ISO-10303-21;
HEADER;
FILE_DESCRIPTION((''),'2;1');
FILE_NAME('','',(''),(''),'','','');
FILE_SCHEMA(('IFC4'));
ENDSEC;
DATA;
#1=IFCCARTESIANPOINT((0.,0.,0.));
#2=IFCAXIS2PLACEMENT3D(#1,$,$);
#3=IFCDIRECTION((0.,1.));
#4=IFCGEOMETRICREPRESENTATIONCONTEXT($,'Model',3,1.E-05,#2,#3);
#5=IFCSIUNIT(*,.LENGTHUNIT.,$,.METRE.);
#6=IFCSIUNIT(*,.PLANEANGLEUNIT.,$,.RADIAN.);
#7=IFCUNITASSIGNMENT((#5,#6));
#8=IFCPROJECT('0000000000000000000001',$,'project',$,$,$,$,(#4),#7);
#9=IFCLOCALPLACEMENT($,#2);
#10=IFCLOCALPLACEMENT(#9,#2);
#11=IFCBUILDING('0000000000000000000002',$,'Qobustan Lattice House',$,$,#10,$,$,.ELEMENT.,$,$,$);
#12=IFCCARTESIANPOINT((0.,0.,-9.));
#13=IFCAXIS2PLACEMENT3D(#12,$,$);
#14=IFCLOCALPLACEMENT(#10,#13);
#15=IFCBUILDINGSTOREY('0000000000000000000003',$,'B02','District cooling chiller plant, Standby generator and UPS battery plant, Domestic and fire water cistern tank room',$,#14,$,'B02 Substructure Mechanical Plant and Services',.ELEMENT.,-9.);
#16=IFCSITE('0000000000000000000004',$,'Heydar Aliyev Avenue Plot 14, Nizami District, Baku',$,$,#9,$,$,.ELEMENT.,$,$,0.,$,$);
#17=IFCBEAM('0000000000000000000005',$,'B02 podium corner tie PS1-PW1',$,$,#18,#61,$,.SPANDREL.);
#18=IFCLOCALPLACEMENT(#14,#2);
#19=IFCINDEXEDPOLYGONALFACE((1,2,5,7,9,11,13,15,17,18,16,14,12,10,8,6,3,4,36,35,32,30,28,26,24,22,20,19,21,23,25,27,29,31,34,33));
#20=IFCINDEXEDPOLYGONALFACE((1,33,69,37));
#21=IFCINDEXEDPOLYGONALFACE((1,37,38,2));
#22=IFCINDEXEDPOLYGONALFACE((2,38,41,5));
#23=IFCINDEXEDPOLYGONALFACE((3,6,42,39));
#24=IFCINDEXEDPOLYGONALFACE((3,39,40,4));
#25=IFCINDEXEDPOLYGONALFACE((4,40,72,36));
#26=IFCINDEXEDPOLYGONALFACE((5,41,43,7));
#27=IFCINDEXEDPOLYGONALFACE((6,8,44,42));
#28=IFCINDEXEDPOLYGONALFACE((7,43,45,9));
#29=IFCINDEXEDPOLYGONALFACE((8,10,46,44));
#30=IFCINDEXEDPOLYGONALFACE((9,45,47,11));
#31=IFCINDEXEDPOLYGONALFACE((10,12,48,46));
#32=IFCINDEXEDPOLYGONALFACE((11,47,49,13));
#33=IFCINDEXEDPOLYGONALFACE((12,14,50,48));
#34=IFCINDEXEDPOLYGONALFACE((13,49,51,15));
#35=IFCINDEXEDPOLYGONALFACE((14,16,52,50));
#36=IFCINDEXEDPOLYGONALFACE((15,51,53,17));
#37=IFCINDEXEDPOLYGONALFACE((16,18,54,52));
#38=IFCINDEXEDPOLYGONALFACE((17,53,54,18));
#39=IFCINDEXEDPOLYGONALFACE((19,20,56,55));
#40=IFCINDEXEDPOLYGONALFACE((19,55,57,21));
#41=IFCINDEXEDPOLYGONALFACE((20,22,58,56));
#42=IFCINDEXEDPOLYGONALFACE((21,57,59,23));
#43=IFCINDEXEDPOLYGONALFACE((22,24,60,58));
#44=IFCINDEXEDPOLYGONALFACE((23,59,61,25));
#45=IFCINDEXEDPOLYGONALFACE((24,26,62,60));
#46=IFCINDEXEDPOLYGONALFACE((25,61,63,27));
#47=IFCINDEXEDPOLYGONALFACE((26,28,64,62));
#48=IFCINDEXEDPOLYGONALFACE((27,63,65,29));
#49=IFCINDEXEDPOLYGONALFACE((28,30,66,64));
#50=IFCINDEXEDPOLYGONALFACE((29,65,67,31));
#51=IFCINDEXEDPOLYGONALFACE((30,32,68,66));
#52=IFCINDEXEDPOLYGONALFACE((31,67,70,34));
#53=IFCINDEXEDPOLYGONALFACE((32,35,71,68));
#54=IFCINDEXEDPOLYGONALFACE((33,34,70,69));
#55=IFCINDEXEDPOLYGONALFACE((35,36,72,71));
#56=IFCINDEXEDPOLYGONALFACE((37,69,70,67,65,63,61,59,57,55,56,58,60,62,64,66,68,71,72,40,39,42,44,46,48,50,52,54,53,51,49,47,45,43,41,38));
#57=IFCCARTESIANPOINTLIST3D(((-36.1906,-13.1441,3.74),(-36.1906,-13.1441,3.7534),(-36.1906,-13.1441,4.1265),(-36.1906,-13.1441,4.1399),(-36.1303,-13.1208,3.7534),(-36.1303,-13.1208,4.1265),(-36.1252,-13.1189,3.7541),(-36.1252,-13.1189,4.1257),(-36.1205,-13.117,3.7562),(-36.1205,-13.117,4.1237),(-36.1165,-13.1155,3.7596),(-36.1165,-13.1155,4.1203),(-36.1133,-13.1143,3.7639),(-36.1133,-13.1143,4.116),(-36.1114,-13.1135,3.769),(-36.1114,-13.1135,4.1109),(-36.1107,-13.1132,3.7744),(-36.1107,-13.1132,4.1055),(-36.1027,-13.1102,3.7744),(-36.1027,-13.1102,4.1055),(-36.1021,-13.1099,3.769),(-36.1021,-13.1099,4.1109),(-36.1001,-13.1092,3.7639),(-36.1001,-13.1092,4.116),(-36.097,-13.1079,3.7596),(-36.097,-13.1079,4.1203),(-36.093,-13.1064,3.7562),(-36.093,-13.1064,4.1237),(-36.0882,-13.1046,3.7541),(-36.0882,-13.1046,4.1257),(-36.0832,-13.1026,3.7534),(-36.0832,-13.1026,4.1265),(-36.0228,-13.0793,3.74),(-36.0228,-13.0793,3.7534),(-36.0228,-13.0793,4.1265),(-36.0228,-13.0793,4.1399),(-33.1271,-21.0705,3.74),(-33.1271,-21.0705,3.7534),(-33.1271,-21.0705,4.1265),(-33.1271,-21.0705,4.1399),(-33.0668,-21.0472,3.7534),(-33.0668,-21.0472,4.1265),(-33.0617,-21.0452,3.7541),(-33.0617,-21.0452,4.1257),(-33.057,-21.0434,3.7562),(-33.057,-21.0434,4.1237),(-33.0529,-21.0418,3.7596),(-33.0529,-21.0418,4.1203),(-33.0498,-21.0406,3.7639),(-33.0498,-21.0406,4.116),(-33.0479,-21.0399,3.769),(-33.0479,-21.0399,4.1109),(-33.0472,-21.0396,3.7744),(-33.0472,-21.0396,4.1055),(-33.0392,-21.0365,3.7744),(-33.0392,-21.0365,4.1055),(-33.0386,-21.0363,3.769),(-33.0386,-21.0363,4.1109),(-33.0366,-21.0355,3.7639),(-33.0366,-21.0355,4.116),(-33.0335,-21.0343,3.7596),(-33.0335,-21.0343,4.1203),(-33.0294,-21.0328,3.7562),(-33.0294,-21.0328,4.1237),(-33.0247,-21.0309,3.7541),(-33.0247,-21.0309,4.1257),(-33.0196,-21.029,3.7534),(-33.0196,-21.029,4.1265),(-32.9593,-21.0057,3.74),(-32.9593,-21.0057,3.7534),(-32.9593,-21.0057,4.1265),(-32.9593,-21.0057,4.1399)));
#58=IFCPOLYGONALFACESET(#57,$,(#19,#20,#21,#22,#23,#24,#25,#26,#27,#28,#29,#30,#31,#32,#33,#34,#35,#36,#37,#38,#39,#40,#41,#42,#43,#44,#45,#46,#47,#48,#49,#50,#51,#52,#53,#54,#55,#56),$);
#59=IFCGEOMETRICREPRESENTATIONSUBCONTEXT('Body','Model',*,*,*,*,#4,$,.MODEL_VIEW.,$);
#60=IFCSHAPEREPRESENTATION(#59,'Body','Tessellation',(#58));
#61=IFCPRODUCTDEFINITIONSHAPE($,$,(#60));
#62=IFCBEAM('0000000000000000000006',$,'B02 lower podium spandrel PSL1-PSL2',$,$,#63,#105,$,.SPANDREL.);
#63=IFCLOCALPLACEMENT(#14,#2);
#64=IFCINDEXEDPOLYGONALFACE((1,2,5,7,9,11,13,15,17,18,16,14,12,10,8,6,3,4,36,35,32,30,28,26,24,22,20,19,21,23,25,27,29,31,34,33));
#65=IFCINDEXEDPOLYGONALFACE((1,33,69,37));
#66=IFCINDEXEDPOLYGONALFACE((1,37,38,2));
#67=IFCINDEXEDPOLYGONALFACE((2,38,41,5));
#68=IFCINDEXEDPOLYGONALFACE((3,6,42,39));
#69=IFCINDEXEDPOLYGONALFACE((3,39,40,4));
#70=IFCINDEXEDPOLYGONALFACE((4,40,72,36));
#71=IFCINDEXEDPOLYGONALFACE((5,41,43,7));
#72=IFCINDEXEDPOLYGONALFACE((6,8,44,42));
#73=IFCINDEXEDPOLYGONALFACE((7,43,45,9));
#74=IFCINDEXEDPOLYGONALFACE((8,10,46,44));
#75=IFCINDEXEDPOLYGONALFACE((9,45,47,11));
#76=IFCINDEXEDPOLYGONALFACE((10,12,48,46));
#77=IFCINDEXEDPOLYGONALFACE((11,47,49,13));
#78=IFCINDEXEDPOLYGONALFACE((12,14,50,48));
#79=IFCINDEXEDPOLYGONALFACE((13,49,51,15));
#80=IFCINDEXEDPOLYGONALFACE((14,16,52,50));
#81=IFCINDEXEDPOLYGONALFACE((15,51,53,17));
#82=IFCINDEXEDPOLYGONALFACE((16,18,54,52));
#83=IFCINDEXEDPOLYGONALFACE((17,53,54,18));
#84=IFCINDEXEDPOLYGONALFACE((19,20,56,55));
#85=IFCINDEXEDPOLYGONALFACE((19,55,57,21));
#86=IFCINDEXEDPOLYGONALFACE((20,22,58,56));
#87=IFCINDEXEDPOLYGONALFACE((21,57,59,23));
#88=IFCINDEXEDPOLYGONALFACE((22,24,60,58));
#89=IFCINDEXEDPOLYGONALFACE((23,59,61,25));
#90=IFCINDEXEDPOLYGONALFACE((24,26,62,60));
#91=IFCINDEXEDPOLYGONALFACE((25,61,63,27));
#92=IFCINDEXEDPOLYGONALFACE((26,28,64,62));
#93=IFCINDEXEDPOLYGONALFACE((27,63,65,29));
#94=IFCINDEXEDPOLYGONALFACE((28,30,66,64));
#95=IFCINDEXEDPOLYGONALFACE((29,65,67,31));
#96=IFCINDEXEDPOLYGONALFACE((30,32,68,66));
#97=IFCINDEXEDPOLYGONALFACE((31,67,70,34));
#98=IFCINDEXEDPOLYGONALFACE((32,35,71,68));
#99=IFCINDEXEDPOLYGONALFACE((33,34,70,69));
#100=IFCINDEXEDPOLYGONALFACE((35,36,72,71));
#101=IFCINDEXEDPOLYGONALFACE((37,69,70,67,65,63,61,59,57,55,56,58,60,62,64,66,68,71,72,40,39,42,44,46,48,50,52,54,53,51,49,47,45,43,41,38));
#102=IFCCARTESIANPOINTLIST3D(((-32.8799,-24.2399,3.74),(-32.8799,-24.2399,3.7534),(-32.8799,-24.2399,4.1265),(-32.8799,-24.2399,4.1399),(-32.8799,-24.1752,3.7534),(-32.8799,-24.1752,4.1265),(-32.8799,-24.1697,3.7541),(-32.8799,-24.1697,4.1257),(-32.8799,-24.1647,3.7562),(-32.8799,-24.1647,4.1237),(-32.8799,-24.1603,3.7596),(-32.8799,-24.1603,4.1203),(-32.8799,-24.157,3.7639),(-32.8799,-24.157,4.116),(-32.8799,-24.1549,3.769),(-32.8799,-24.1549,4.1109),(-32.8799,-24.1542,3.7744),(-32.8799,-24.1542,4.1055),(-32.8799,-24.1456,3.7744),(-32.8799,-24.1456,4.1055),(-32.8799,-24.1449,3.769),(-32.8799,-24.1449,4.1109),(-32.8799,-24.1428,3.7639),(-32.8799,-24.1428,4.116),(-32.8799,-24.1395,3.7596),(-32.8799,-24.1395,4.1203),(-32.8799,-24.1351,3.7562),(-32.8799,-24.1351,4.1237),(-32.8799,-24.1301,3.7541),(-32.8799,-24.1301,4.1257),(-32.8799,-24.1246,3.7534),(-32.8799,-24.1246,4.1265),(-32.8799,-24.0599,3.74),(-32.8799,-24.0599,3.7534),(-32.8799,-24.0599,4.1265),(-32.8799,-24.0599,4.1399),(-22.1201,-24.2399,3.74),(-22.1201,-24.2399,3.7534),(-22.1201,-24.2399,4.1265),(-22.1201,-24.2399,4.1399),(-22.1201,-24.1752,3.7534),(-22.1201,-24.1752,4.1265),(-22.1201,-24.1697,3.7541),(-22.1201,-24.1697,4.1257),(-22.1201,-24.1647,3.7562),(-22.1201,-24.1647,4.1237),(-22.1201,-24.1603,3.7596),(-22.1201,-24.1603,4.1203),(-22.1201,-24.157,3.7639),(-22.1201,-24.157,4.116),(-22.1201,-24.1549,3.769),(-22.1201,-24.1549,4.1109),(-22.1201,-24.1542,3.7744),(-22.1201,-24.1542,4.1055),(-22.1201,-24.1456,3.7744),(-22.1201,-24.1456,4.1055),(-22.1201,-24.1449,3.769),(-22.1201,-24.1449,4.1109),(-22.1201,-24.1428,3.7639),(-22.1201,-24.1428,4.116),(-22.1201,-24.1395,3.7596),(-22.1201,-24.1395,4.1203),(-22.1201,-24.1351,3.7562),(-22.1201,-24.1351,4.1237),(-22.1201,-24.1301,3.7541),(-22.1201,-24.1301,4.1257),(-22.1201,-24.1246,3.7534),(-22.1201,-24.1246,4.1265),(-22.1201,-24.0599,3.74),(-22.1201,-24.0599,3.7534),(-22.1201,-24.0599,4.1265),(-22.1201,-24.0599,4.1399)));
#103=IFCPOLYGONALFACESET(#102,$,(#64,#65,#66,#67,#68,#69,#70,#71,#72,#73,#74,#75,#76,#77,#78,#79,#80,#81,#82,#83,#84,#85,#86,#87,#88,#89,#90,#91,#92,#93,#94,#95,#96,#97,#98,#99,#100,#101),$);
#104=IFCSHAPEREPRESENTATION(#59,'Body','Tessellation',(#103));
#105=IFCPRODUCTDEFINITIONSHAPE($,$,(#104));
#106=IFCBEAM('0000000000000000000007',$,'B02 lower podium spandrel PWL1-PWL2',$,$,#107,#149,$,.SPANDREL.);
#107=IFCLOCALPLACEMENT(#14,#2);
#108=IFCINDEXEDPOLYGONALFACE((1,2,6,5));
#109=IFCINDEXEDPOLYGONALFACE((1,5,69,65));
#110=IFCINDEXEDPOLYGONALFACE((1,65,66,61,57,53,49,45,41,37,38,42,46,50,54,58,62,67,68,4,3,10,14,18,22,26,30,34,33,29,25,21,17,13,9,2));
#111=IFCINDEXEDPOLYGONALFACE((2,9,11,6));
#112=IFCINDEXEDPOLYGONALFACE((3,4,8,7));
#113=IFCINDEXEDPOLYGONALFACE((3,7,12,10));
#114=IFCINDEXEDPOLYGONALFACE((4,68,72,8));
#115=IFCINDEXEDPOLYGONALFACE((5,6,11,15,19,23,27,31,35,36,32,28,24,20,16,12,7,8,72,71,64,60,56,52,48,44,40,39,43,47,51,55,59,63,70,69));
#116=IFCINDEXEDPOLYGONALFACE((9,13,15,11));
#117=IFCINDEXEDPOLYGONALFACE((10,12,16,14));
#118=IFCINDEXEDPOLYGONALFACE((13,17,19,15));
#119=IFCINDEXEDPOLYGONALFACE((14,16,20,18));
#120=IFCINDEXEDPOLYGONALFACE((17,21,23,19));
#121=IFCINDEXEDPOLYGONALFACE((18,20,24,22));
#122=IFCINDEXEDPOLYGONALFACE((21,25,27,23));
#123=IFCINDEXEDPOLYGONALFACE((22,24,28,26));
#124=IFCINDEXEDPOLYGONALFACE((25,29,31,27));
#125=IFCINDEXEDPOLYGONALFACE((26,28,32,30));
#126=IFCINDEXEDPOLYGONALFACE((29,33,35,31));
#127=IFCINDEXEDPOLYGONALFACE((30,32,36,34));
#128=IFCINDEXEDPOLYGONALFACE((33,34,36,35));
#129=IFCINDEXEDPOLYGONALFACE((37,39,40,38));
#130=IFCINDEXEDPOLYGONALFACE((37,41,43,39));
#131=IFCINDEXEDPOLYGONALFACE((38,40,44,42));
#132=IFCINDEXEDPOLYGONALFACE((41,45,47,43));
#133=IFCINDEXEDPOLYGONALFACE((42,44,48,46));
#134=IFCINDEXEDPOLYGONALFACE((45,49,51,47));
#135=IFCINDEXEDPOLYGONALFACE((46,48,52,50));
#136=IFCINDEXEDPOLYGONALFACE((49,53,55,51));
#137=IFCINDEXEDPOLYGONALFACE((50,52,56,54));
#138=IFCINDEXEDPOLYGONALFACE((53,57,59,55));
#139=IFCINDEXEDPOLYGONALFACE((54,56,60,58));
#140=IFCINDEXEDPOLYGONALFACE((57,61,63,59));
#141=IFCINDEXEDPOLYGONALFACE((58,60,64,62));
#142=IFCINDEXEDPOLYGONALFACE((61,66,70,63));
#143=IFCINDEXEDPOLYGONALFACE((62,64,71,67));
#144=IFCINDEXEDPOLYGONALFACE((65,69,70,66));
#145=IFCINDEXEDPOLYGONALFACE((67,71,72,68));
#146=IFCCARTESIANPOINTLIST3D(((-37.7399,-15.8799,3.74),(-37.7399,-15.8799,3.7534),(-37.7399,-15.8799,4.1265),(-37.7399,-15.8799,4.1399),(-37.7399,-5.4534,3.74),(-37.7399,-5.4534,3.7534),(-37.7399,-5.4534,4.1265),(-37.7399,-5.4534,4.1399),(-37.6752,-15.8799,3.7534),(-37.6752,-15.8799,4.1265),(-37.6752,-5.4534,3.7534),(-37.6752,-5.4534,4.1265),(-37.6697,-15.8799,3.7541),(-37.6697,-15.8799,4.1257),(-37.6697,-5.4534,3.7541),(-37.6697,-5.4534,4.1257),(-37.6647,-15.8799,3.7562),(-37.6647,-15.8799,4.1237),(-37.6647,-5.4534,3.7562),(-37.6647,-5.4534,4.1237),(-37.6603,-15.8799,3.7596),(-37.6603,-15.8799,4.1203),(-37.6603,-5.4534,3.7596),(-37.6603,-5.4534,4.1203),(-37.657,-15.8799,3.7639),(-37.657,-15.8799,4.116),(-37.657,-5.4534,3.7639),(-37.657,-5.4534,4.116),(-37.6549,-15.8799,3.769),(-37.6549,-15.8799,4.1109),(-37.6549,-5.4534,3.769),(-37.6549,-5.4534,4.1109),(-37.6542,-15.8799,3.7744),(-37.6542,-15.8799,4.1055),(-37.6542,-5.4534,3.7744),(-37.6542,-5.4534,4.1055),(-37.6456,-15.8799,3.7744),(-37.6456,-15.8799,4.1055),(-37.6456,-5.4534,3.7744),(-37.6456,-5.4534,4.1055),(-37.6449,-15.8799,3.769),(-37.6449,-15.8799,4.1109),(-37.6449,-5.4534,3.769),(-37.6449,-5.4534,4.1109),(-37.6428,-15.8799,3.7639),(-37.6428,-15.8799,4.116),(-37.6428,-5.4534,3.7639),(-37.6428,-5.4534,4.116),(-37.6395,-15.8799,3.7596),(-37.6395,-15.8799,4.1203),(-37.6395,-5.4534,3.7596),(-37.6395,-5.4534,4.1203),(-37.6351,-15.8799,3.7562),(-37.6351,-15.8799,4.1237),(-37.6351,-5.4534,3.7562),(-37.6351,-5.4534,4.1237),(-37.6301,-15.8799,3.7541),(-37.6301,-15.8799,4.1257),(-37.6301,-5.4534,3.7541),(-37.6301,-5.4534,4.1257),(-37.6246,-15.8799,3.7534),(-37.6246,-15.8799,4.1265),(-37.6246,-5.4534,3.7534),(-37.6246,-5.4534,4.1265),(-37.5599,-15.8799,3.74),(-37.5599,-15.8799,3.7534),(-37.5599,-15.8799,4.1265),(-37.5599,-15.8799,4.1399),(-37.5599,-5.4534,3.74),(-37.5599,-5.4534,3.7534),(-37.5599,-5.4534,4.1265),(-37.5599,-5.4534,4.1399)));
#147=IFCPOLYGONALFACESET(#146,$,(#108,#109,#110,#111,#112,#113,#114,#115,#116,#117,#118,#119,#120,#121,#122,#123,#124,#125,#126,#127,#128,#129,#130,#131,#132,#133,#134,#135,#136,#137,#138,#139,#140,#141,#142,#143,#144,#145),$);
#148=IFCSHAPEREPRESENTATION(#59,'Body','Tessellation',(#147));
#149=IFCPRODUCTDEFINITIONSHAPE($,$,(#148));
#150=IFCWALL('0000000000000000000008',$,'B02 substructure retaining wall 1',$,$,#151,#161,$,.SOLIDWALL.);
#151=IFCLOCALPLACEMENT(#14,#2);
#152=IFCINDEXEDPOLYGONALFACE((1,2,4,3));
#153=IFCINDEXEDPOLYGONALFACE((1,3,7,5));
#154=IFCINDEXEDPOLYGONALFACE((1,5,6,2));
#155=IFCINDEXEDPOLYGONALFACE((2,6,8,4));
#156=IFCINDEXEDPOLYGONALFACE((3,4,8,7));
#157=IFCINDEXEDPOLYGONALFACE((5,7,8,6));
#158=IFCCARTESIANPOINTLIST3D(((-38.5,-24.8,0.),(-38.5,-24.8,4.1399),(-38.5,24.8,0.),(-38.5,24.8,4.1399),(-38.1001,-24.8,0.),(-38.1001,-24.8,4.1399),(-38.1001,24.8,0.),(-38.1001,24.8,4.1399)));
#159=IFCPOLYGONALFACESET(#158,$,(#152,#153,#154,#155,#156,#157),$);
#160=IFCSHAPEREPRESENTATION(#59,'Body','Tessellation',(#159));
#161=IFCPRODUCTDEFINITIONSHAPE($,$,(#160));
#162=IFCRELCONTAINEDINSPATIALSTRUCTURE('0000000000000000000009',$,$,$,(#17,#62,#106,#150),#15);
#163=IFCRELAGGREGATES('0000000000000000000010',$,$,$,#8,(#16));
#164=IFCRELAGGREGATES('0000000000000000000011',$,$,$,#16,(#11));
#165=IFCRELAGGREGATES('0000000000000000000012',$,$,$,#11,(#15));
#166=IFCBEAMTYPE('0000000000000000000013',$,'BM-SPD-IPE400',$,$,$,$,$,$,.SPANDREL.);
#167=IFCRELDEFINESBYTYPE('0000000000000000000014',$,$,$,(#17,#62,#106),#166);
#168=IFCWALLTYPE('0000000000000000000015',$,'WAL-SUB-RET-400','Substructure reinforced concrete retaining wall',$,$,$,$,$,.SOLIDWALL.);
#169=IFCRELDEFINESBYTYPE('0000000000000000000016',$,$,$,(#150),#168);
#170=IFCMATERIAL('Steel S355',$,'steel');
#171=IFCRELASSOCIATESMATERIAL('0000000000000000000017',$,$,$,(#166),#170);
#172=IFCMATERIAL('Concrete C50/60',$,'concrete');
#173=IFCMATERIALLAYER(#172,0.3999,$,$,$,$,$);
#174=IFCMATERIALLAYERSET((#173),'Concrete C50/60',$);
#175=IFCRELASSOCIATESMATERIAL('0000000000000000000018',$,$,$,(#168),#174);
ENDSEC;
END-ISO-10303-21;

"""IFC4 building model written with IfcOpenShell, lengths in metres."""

from ifc_helpers import new_model, si_unit, direction, frame, frame_2d, origin, origin_2d, place, context, subcontext, project, spatial, rectangle, i_section, extrude, material, layer, layer_set, material_profile, profile_set, type_object, element, save


model = new_model("IFC4")

# Units and contexts
model_context = context("Model", 3, precision=1e-05, world=origin(), true_north=direction((0.0, 1.0)))
body_context = subcontext(model_context, "Body", "Model", "MODEL_VIEW")
ifc_project = project(units=[si_unit("LENGTHUNIT", "METRE"), si_unit("PLANEANGLEUNIT", "RADIAN")], contexts=[model_context])

# Site, building, storey
site_placement = place(None, origin())
site = spatial("IfcSite", under=ifc_project, at=site_placement, Name="Heydar Aliyev Avenue Plot 14, Nizami District, Baku", CompositionType="ELEMENT", RefElevation=0.0)
building_placement = place(site_placement, origin())
building = spatial("IfcBuilding", under=site, at=building_placement, Name="Qobustan Lattice House", CompositionType="ELEMENT")
storey_placement = place(building_placement, frame((0.0, 0.0, -9.0)))
storey = spatial("IfcBuildingStorey", under=building, at=storey_placement, Name="B02", Description="District cooling chiller plant, Standby generator and UPS battery plant, Domestic and fire water cistern tank room", LongName="B02 Substructure Mechanical Plant and Services", CompositionType="ELEMENT", Elevation=-9.0)

# Beams
ifc_material_1 = material(Name="Steel S355", Category="steel")
ifc_material_profile_1 = material_profile(ifc_material_1, i_section(OverallWidth=0.1799, OverallDepth=0.3999, WebThickness=0.0085, FlangeThickness=0.0134, FilletRadius=0.021, at=origin_2d()), Name="IPE400")
ifc_profile_set_1 = profile_set([ifc_material_profile_1], Name="Steel S355")
beam_type_1 = type_object("IfcBeamType", Name="BM-SPD-IPE400", PredefinedType="SPANDREL", material=ifc_profile_set_1)
beam_1_placement = place(storey_placement, frame((-33.0432, -21.0381, 3.9399), z_axis=(-0.360507, 0.932756, 0.0), x_axis=(-0.932756, -0.360507, 0.0)))
element("IfcBeam", 1, at=beam_1_placement, inside=storey, type_object=beam_type_1, Name="B02 podium corner tie PS1-PW1", PredefinedType="SPANDREL", context=body_context, shape_type="SweptSolid", body=[
    extrude(i_section(OverallWidth=0.1799, OverallDepth=0.3999, WebThickness=0.0085, FlangeThickness=0.0134, FilletRadius=0.021, at=origin_2d()), origin(), (0.0, 0.0, 1.0), 8.4978),
])
beam_2_placement = place(storey_placement, frame((-32.8799, -24.1499, 3.9399), z_axis=(1.0, 0.0, 0.0), x_axis=(0.0, 1.0, 0.0)))
element("IfcBeam", 2, at=beam_2_placement, inside=storey, type_object=beam_type_1, Name="B02 lower podium spandrel PSL1-PSL2", PredefinedType="SPANDREL", context=body_context, shape_type="SweptSolid", body=[
    extrude(i_section(OverallWidth=0.1799, OverallDepth=0.3999, WebThickness=0.0085, FlangeThickness=0.0134, FilletRadius=0.021, at=origin_2d()), origin(), (0.0, 0.0, 1.0), 10.7598),
])
beam_3_placement = place(storey_placement, frame((-37.6499, -15.8799, 3.9399), z_axis=(0.0, 1.0, 0.0), x_axis=(-1.0, 0.0, 0.0)))
element("IfcBeam", 3, at=beam_3_placement, inside=storey, type_object=beam_type_1, Name="B02 lower podium spandrel PWL1-PWL2", PredefinedType="SPANDREL", context=body_context, shape_type="SweptSolid", body=[
    extrude(i_section(OverallWidth=0.1799, OverallDepth=0.3999, WebThickness=0.0085, FlangeThickness=0.0134, FilletRadius=0.021, at=origin_2d()), origin(), (0.0, 0.0, 1.0), 10.4265),
])

# Wall
ifc_material_2 = material(Name="Concrete C50/60", Category="concrete")
ifc_layer = layer(ifc_material_2, 0.3999)
ifc_layer_set = layer_set([ifc_layer], Name="Concrete C50/60")
wall_type = type_object("IfcWallType", Name="WAL-SUB-RET-400", Description="Substructure reinforced concrete retaining wall", PredefinedType="SOLIDWALL", material=ifc_layer_set)
wall_placement = place(storey_placement, frame((-38.3, -24.8, 0.0), z_axis=(0.0, 0.0, 1.0), x_axis=(0.0, 1.0, 0.0)))
element("IfcWall", 4, at=wall_placement, inside=storey, type_object=wall_type, Name="B02 substructure retaining wall 1", PredefinedType="SOLIDWALL", context=body_context, shape_type="SweptSolid", body=[
    extrude(rectangle(XDim=49.6001, YDim=0.3999, at=frame_2d((24.8, 0.0))), origin(), (0.0, 0.0, 1.0), 4.1399),
])

save(model, "model.ifc")
